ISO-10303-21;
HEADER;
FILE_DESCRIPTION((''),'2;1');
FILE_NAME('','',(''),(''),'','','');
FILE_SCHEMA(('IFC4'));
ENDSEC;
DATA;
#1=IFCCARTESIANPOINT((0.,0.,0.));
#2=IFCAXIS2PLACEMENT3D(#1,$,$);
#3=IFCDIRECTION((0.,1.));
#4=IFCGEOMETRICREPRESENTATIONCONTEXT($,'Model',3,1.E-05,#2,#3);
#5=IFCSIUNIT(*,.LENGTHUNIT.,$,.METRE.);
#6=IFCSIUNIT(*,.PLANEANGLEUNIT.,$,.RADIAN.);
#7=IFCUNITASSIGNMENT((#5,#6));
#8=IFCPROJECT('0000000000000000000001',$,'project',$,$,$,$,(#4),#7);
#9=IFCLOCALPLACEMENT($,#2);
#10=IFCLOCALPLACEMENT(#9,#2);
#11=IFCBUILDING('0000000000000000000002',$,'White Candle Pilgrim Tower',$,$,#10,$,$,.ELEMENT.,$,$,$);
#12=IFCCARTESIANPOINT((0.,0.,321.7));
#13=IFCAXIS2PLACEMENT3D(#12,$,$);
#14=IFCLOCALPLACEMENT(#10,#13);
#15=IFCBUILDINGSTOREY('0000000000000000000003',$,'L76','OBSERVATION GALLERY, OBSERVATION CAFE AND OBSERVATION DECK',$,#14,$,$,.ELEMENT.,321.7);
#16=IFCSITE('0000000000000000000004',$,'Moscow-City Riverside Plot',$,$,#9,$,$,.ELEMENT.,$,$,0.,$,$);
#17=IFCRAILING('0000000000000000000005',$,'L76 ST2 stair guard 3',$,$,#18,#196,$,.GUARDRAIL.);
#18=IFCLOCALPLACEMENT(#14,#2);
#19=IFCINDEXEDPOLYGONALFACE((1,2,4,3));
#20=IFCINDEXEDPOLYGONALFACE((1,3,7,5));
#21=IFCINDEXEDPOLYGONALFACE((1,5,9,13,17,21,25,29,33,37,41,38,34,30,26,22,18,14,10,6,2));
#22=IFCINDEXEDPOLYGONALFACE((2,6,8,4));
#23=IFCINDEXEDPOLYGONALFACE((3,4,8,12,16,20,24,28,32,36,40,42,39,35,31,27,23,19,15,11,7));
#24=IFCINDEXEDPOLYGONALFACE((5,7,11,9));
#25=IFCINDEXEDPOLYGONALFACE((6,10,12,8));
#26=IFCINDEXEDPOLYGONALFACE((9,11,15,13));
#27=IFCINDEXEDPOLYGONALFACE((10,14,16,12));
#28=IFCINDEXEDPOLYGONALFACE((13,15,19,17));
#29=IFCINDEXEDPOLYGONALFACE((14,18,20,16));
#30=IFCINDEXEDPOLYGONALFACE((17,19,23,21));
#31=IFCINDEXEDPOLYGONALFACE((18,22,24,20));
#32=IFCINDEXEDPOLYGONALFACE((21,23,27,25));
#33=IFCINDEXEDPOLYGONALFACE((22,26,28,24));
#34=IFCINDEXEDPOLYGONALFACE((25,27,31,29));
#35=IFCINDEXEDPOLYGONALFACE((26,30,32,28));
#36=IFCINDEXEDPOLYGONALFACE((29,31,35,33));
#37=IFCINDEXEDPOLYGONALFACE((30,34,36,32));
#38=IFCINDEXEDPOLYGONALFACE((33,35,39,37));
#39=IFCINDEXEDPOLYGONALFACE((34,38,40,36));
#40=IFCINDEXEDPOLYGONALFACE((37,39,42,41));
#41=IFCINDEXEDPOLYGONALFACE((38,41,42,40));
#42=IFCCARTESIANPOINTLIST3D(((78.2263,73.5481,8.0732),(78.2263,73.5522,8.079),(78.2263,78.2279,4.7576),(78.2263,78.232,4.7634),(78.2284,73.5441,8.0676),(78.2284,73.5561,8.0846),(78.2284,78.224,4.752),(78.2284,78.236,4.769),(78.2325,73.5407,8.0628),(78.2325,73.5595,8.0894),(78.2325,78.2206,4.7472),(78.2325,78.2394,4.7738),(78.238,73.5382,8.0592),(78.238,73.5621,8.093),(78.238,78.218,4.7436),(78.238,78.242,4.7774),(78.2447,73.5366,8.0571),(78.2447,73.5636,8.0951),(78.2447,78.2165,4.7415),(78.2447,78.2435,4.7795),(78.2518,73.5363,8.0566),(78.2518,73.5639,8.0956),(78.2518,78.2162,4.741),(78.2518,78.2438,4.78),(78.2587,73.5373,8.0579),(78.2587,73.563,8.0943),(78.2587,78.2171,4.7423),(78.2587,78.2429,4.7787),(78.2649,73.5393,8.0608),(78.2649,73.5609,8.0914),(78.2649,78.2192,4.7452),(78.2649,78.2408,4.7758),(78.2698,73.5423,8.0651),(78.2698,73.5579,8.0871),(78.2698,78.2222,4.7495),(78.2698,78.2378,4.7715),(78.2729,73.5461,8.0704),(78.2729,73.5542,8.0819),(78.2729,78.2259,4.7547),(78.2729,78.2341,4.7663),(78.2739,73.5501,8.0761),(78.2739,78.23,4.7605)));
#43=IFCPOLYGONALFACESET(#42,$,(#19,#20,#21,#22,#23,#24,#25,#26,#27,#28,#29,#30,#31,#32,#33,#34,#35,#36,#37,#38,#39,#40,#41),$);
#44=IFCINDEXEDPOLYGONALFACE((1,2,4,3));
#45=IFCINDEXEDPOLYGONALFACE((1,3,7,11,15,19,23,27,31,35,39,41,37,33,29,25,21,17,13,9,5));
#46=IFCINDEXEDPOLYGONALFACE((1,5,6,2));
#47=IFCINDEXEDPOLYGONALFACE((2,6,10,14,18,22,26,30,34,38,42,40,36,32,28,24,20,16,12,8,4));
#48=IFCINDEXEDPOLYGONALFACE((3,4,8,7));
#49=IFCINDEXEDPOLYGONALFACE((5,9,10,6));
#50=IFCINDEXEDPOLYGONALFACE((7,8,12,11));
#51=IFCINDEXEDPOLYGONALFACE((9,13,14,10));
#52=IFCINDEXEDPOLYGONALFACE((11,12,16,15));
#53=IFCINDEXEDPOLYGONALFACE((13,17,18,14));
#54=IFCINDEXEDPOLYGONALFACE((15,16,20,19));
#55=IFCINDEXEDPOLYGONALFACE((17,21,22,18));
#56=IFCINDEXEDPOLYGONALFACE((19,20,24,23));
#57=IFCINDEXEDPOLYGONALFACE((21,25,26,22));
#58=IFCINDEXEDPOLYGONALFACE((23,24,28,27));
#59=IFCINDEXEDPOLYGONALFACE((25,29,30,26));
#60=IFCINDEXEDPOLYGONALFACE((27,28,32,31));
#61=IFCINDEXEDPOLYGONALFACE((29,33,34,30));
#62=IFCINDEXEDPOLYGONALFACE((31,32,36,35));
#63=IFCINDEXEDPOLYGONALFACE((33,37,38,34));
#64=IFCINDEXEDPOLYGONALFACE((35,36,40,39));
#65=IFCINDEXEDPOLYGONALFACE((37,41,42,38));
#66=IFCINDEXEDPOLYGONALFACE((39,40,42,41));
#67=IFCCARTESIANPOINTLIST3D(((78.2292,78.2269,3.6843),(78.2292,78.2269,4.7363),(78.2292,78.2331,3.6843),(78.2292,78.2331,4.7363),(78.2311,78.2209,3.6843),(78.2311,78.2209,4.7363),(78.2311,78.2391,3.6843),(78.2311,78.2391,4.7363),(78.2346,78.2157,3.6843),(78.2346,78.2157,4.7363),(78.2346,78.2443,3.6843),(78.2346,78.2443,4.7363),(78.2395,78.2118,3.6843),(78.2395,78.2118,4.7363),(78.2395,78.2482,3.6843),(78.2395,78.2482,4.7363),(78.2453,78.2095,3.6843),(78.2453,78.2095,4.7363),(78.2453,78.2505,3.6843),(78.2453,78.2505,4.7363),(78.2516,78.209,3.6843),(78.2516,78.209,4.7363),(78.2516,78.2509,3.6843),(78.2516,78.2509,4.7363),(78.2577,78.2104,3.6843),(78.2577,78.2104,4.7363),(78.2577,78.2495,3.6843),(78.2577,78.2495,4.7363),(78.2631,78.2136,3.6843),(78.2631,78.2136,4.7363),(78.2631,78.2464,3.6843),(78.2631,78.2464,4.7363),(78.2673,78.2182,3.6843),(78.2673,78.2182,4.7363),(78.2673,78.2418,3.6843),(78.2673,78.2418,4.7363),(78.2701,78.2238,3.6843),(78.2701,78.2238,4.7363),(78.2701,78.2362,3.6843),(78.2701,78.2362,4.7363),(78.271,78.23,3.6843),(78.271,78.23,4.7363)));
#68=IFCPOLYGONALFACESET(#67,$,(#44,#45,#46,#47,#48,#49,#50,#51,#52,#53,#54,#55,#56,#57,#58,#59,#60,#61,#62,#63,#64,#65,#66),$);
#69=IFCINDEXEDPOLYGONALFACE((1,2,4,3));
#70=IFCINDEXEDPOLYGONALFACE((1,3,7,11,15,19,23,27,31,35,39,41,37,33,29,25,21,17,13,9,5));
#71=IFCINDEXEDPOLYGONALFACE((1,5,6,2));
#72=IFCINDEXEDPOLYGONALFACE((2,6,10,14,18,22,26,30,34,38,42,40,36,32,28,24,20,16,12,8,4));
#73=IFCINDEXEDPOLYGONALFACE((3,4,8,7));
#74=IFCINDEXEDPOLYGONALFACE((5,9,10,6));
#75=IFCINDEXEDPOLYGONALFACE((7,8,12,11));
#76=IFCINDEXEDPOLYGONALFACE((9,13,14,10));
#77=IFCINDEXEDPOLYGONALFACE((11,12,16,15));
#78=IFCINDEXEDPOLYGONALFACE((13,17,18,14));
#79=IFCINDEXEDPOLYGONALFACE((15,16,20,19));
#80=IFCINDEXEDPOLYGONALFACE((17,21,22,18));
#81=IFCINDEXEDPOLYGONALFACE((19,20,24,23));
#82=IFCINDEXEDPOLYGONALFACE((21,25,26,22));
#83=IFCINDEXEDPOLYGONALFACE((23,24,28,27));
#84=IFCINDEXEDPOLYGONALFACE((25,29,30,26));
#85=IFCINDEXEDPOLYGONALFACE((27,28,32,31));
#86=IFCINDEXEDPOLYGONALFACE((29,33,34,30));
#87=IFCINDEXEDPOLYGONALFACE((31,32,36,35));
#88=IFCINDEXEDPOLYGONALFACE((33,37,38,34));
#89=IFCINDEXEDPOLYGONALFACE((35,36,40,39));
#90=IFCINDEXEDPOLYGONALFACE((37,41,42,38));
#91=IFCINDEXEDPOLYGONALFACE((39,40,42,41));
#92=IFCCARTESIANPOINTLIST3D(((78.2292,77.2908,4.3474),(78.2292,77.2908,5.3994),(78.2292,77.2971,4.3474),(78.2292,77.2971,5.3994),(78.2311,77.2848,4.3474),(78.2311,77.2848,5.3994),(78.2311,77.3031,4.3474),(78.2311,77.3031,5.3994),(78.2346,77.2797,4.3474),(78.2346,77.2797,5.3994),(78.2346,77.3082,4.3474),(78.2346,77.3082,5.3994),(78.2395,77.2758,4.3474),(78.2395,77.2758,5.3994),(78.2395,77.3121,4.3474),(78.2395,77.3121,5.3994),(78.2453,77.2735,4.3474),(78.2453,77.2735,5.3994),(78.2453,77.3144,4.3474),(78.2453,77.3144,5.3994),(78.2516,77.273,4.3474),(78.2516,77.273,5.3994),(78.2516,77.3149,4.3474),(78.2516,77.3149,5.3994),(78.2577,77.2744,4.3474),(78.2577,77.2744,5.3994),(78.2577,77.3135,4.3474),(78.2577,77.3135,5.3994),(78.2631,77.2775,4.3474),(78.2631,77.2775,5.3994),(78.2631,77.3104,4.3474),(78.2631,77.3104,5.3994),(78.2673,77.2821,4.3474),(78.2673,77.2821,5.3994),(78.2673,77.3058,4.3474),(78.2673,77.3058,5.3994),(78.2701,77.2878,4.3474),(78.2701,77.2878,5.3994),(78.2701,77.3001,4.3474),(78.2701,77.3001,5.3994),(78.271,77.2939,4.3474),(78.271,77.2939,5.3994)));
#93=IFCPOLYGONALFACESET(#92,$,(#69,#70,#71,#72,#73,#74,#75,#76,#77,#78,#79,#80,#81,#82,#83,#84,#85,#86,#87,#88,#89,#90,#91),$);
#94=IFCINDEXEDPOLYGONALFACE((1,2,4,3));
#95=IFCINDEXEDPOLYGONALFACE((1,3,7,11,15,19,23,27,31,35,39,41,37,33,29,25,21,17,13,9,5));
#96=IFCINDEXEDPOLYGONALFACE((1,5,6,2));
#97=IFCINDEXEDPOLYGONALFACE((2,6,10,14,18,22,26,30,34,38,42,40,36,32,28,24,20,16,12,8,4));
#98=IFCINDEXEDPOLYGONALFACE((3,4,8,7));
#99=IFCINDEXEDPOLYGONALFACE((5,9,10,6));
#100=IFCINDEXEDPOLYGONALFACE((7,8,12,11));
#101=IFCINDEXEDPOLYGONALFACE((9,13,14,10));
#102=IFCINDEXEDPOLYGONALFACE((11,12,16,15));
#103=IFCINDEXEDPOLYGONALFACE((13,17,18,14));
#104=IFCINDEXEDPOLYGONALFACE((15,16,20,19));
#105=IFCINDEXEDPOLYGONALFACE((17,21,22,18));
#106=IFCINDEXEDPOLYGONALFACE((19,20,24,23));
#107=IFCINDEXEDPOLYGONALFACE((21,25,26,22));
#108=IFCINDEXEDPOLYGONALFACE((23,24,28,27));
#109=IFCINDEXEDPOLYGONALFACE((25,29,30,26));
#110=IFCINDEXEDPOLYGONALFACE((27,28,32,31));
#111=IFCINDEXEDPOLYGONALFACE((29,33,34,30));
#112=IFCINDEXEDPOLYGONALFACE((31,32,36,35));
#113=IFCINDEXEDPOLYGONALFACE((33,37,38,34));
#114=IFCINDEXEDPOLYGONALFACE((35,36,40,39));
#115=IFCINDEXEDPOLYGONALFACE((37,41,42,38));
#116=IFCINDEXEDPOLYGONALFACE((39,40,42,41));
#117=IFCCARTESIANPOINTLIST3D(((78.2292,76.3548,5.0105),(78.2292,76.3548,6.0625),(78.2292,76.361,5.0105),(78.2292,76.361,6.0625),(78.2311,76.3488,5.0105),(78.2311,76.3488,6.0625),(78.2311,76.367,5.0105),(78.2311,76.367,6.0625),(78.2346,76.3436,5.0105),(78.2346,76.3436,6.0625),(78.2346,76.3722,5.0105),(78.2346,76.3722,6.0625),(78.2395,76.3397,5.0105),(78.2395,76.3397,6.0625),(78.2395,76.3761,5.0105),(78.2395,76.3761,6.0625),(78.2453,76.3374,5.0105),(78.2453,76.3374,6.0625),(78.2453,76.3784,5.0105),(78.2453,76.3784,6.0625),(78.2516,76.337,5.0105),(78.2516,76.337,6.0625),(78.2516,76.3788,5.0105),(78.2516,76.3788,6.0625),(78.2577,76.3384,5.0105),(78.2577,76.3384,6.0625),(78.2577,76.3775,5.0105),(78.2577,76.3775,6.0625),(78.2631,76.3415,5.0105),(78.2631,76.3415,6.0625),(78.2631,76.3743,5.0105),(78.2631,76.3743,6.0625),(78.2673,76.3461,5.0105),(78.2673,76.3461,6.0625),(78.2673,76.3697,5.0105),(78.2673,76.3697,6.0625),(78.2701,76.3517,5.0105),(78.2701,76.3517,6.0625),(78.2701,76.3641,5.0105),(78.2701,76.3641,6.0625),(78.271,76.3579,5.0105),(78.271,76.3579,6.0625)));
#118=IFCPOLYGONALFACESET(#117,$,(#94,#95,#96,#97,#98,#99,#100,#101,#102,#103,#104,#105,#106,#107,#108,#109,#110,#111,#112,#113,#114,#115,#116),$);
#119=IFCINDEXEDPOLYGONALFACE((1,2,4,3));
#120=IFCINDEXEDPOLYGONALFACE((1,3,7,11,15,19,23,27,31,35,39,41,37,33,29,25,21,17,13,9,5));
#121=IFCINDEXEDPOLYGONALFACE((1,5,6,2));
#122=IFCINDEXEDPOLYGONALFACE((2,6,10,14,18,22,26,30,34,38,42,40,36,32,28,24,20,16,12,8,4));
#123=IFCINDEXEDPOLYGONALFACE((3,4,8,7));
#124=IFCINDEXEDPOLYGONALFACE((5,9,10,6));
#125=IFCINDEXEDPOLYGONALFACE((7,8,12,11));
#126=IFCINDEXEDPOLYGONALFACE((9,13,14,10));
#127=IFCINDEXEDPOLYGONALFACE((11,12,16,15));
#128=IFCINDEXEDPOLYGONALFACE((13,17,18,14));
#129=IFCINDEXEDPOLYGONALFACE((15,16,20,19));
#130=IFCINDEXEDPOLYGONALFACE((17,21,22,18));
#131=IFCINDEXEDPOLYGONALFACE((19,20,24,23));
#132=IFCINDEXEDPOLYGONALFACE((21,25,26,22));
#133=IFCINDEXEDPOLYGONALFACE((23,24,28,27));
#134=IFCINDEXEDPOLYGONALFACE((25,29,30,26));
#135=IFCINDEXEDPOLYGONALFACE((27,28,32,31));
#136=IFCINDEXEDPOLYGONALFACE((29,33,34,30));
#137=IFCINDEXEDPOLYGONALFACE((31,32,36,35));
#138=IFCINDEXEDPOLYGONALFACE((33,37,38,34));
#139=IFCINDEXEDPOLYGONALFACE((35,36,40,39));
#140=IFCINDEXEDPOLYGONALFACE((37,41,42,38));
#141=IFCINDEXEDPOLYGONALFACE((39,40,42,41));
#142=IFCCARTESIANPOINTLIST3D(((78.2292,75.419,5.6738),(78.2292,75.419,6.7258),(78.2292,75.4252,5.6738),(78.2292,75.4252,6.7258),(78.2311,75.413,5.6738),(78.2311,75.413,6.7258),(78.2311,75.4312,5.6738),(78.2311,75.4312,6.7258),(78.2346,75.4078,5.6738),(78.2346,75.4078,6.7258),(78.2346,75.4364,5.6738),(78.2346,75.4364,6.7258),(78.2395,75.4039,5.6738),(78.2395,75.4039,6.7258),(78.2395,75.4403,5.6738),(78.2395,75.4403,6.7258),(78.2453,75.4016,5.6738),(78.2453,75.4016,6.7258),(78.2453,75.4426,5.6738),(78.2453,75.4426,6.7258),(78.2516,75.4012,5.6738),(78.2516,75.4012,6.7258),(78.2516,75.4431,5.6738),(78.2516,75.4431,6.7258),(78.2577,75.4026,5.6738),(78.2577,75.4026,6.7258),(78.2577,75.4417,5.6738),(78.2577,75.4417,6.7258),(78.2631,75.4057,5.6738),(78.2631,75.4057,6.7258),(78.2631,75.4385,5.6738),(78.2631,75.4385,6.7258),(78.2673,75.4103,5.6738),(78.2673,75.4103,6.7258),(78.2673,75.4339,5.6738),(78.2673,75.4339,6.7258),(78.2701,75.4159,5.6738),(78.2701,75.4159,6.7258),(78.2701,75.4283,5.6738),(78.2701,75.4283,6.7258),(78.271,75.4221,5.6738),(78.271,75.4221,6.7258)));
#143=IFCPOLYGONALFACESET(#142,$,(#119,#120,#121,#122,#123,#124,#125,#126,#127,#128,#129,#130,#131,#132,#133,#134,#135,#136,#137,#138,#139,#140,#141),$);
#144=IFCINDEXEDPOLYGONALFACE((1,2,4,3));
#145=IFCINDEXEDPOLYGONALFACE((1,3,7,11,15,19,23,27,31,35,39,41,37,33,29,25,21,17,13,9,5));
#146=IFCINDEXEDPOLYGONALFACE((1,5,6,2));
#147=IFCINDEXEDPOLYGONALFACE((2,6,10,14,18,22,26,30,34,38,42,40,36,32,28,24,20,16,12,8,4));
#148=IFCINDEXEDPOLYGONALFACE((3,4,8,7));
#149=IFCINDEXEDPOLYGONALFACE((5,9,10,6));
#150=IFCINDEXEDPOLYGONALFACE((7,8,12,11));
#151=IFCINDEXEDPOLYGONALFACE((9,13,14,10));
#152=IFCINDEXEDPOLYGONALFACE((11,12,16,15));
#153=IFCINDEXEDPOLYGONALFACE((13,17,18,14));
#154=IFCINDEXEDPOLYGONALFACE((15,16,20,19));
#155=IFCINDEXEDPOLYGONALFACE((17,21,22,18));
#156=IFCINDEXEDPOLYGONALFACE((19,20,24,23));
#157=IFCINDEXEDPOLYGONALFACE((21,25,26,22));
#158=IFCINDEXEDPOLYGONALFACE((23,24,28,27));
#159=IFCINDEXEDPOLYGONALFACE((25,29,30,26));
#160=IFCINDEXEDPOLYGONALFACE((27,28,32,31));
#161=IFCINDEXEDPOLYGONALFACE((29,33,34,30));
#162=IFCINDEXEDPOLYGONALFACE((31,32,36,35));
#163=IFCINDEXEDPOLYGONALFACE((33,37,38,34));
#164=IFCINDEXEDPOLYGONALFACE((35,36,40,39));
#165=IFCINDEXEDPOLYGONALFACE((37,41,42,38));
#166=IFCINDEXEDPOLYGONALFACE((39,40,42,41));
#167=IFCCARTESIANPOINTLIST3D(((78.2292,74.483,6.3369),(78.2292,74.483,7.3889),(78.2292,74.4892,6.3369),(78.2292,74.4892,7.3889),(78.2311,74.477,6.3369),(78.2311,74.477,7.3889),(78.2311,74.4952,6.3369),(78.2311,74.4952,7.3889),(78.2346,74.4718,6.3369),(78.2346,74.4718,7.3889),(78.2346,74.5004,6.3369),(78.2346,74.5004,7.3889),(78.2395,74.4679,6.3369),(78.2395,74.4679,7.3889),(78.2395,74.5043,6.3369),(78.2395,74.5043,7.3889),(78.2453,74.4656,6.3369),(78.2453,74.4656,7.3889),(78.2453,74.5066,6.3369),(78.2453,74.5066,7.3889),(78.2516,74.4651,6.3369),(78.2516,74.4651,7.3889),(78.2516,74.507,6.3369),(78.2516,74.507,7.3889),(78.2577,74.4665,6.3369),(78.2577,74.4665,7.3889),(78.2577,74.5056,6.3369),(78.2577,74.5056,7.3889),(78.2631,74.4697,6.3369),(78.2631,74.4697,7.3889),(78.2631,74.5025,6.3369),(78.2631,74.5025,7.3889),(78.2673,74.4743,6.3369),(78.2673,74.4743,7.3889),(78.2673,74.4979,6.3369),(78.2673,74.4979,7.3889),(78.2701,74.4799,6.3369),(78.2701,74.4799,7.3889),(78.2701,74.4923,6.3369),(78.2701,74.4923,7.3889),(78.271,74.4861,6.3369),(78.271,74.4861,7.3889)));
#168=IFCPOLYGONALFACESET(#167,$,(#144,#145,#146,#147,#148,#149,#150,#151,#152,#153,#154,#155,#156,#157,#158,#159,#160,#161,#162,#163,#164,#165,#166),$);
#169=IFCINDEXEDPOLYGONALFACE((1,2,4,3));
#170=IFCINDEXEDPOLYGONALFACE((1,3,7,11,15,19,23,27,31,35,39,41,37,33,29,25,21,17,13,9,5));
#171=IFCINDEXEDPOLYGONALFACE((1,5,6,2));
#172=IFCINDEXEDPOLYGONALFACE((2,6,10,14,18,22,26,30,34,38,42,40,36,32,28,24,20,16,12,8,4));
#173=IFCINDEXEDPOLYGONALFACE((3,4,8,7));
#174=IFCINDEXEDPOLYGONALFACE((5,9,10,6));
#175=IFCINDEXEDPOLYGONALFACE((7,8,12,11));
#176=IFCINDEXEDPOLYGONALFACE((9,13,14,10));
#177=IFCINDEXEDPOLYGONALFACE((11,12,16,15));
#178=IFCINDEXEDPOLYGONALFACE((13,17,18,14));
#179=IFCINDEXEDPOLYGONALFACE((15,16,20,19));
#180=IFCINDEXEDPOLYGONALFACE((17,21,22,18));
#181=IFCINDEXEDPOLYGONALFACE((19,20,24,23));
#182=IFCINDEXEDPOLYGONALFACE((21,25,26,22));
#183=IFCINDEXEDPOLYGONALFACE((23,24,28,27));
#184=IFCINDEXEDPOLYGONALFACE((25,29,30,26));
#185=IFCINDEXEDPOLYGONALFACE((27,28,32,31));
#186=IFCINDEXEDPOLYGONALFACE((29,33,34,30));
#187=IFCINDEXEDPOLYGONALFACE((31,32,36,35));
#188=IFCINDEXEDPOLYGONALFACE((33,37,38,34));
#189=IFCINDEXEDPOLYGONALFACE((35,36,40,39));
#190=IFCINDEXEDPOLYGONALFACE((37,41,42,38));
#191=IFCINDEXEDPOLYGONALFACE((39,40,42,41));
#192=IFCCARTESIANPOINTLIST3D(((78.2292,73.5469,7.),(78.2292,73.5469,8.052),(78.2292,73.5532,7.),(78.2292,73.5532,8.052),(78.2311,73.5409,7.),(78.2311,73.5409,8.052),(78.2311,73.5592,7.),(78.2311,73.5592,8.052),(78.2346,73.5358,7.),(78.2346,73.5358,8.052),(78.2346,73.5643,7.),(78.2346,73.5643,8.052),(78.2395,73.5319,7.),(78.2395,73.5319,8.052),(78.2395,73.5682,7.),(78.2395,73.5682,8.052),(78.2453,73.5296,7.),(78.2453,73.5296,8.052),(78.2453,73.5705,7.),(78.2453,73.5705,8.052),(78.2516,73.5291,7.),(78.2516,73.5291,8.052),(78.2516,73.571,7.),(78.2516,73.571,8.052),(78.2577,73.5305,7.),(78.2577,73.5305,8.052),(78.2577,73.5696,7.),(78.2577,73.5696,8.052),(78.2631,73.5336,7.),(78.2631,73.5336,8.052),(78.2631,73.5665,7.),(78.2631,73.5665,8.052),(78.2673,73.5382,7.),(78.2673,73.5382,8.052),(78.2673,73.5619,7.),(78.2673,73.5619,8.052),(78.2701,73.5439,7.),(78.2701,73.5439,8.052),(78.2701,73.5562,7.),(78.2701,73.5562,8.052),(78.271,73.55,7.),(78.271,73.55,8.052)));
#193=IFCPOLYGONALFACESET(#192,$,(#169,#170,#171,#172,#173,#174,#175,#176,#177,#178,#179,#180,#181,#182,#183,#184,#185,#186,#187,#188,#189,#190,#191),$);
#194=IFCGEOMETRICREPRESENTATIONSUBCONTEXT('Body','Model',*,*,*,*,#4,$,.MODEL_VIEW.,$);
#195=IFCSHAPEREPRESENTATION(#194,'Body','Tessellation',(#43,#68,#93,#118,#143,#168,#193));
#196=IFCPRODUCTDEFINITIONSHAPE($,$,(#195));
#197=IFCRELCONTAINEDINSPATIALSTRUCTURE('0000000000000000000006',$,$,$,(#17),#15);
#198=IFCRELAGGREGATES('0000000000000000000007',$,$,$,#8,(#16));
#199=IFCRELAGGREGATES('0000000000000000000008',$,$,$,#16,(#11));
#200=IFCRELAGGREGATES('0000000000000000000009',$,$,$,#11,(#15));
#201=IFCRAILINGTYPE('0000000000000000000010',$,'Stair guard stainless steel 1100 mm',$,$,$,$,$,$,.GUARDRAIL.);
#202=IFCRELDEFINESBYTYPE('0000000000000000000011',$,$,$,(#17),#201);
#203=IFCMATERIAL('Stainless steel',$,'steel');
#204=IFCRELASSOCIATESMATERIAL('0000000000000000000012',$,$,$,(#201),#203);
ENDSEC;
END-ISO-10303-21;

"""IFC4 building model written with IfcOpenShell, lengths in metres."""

from ifc_helpers import new_model, si_unit, direction, frame, origin, origin_2d, place, context, subcontext, project, spatial, circle, extrude, material, type_object, element, save


model = new_model("IFC4")

# Units and contexts
model_context = context("Model", 3, precision=1e-05, world=origin(), true_north=direction((0.0, 1.0)))
body_context = subcontext(model_context, "Body", "Model", "MODEL_VIEW")
ifc_project = project(units=[si_unit("LENGTHUNIT", "METRE"), si_unit("PLANEANGLEUNIT", "RADIAN")], contexts=[model_context])

# Site, building, storey
site_placement = place(None, origin())
site = spatial("IfcSite", under=ifc_project, at=site_placement, Name="Moscow-City Riverside Plot", CompositionType="ELEMENT", RefElevation=0.0)
building_placement = place(site_placement, origin())
building = spatial("IfcBuilding", under=site, at=building_placement, Name="White Candle Pilgrim Tower", CompositionType="ELEMENT")
storey_placement = place(building_placement, frame((0.0, 0.0, 321.7)))
storey = spatial("IfcBuildingStorey", under=building, at=storey_placement, Name="L76", Description="OBSERVATION GALLERY, OBSERVATION CAFE AND OBSERVATION DECK", CompositionType="ELEMENT", Elevation=321.7)

# Railing
ifc_material_1 = material(Name="Stainless steel", Category="steel")
railing_type_1 = type_object("IfcRailingType", Name="Stair guard stainless steel 1100 mm", PredefinedType="GUARDRAIL", material=ifc_material_1)
railing_1_placement = place(storey_placement, frame((78.25, 78.23, 3.6843)))
element("IfcRailing", 1, at=railing_1_placement, inside=storey, type_object=railing_type_1, Name="L76 ST2 stair guard 3", PredefinedType="GUARDRAIL", context=body_context, shape_type="SweptSolid", body=[
    extrude(circle(Radius=0.0239, at=origin_2d()), frame((0.0, 0.0, 1.0762), z_axis=(0.0, -0.815965, 0.578101), x_axis=(1.0, 0.0, 0.0)), (0.0, 0.0, 1.0), 5.7354),
    extrude(circle(Radius=0.021, at=origin_2d()), origin(), (0.0, 0.0, 1.0), 1.052),
    extrude(circle(Radius=0.021, at=origin_2d()), frame((0.0, -0.936, 0.6631)), (0.0, 0.0, 1.0), 1.052),
    extrude(circle(Radius=0.021, at=origin_2d()), frame((0.0, -1.8721, 1.3262)), (0.0, 0.0, 1.0), 1.052),
    extrude(circle(Radius=0.021, at=origin_2d()), frame((0.0, -2.8079, 1.9895)), (0.0, 0.0, 1.0), 1.052),
    extrude(circle(Radius=0.021, at=origin_2d()), frame((0.0, -3.7439, 2.6526)), (0.0, 0.0, 1.0), 1.052),
    extrude(circle(Radius=0.021, at=origin_2d()), frame((0.0, -4.6799, 3.3157)), (0.0, 0.0, 1.0), 1.052),
])

save(model, "model.ifc")
